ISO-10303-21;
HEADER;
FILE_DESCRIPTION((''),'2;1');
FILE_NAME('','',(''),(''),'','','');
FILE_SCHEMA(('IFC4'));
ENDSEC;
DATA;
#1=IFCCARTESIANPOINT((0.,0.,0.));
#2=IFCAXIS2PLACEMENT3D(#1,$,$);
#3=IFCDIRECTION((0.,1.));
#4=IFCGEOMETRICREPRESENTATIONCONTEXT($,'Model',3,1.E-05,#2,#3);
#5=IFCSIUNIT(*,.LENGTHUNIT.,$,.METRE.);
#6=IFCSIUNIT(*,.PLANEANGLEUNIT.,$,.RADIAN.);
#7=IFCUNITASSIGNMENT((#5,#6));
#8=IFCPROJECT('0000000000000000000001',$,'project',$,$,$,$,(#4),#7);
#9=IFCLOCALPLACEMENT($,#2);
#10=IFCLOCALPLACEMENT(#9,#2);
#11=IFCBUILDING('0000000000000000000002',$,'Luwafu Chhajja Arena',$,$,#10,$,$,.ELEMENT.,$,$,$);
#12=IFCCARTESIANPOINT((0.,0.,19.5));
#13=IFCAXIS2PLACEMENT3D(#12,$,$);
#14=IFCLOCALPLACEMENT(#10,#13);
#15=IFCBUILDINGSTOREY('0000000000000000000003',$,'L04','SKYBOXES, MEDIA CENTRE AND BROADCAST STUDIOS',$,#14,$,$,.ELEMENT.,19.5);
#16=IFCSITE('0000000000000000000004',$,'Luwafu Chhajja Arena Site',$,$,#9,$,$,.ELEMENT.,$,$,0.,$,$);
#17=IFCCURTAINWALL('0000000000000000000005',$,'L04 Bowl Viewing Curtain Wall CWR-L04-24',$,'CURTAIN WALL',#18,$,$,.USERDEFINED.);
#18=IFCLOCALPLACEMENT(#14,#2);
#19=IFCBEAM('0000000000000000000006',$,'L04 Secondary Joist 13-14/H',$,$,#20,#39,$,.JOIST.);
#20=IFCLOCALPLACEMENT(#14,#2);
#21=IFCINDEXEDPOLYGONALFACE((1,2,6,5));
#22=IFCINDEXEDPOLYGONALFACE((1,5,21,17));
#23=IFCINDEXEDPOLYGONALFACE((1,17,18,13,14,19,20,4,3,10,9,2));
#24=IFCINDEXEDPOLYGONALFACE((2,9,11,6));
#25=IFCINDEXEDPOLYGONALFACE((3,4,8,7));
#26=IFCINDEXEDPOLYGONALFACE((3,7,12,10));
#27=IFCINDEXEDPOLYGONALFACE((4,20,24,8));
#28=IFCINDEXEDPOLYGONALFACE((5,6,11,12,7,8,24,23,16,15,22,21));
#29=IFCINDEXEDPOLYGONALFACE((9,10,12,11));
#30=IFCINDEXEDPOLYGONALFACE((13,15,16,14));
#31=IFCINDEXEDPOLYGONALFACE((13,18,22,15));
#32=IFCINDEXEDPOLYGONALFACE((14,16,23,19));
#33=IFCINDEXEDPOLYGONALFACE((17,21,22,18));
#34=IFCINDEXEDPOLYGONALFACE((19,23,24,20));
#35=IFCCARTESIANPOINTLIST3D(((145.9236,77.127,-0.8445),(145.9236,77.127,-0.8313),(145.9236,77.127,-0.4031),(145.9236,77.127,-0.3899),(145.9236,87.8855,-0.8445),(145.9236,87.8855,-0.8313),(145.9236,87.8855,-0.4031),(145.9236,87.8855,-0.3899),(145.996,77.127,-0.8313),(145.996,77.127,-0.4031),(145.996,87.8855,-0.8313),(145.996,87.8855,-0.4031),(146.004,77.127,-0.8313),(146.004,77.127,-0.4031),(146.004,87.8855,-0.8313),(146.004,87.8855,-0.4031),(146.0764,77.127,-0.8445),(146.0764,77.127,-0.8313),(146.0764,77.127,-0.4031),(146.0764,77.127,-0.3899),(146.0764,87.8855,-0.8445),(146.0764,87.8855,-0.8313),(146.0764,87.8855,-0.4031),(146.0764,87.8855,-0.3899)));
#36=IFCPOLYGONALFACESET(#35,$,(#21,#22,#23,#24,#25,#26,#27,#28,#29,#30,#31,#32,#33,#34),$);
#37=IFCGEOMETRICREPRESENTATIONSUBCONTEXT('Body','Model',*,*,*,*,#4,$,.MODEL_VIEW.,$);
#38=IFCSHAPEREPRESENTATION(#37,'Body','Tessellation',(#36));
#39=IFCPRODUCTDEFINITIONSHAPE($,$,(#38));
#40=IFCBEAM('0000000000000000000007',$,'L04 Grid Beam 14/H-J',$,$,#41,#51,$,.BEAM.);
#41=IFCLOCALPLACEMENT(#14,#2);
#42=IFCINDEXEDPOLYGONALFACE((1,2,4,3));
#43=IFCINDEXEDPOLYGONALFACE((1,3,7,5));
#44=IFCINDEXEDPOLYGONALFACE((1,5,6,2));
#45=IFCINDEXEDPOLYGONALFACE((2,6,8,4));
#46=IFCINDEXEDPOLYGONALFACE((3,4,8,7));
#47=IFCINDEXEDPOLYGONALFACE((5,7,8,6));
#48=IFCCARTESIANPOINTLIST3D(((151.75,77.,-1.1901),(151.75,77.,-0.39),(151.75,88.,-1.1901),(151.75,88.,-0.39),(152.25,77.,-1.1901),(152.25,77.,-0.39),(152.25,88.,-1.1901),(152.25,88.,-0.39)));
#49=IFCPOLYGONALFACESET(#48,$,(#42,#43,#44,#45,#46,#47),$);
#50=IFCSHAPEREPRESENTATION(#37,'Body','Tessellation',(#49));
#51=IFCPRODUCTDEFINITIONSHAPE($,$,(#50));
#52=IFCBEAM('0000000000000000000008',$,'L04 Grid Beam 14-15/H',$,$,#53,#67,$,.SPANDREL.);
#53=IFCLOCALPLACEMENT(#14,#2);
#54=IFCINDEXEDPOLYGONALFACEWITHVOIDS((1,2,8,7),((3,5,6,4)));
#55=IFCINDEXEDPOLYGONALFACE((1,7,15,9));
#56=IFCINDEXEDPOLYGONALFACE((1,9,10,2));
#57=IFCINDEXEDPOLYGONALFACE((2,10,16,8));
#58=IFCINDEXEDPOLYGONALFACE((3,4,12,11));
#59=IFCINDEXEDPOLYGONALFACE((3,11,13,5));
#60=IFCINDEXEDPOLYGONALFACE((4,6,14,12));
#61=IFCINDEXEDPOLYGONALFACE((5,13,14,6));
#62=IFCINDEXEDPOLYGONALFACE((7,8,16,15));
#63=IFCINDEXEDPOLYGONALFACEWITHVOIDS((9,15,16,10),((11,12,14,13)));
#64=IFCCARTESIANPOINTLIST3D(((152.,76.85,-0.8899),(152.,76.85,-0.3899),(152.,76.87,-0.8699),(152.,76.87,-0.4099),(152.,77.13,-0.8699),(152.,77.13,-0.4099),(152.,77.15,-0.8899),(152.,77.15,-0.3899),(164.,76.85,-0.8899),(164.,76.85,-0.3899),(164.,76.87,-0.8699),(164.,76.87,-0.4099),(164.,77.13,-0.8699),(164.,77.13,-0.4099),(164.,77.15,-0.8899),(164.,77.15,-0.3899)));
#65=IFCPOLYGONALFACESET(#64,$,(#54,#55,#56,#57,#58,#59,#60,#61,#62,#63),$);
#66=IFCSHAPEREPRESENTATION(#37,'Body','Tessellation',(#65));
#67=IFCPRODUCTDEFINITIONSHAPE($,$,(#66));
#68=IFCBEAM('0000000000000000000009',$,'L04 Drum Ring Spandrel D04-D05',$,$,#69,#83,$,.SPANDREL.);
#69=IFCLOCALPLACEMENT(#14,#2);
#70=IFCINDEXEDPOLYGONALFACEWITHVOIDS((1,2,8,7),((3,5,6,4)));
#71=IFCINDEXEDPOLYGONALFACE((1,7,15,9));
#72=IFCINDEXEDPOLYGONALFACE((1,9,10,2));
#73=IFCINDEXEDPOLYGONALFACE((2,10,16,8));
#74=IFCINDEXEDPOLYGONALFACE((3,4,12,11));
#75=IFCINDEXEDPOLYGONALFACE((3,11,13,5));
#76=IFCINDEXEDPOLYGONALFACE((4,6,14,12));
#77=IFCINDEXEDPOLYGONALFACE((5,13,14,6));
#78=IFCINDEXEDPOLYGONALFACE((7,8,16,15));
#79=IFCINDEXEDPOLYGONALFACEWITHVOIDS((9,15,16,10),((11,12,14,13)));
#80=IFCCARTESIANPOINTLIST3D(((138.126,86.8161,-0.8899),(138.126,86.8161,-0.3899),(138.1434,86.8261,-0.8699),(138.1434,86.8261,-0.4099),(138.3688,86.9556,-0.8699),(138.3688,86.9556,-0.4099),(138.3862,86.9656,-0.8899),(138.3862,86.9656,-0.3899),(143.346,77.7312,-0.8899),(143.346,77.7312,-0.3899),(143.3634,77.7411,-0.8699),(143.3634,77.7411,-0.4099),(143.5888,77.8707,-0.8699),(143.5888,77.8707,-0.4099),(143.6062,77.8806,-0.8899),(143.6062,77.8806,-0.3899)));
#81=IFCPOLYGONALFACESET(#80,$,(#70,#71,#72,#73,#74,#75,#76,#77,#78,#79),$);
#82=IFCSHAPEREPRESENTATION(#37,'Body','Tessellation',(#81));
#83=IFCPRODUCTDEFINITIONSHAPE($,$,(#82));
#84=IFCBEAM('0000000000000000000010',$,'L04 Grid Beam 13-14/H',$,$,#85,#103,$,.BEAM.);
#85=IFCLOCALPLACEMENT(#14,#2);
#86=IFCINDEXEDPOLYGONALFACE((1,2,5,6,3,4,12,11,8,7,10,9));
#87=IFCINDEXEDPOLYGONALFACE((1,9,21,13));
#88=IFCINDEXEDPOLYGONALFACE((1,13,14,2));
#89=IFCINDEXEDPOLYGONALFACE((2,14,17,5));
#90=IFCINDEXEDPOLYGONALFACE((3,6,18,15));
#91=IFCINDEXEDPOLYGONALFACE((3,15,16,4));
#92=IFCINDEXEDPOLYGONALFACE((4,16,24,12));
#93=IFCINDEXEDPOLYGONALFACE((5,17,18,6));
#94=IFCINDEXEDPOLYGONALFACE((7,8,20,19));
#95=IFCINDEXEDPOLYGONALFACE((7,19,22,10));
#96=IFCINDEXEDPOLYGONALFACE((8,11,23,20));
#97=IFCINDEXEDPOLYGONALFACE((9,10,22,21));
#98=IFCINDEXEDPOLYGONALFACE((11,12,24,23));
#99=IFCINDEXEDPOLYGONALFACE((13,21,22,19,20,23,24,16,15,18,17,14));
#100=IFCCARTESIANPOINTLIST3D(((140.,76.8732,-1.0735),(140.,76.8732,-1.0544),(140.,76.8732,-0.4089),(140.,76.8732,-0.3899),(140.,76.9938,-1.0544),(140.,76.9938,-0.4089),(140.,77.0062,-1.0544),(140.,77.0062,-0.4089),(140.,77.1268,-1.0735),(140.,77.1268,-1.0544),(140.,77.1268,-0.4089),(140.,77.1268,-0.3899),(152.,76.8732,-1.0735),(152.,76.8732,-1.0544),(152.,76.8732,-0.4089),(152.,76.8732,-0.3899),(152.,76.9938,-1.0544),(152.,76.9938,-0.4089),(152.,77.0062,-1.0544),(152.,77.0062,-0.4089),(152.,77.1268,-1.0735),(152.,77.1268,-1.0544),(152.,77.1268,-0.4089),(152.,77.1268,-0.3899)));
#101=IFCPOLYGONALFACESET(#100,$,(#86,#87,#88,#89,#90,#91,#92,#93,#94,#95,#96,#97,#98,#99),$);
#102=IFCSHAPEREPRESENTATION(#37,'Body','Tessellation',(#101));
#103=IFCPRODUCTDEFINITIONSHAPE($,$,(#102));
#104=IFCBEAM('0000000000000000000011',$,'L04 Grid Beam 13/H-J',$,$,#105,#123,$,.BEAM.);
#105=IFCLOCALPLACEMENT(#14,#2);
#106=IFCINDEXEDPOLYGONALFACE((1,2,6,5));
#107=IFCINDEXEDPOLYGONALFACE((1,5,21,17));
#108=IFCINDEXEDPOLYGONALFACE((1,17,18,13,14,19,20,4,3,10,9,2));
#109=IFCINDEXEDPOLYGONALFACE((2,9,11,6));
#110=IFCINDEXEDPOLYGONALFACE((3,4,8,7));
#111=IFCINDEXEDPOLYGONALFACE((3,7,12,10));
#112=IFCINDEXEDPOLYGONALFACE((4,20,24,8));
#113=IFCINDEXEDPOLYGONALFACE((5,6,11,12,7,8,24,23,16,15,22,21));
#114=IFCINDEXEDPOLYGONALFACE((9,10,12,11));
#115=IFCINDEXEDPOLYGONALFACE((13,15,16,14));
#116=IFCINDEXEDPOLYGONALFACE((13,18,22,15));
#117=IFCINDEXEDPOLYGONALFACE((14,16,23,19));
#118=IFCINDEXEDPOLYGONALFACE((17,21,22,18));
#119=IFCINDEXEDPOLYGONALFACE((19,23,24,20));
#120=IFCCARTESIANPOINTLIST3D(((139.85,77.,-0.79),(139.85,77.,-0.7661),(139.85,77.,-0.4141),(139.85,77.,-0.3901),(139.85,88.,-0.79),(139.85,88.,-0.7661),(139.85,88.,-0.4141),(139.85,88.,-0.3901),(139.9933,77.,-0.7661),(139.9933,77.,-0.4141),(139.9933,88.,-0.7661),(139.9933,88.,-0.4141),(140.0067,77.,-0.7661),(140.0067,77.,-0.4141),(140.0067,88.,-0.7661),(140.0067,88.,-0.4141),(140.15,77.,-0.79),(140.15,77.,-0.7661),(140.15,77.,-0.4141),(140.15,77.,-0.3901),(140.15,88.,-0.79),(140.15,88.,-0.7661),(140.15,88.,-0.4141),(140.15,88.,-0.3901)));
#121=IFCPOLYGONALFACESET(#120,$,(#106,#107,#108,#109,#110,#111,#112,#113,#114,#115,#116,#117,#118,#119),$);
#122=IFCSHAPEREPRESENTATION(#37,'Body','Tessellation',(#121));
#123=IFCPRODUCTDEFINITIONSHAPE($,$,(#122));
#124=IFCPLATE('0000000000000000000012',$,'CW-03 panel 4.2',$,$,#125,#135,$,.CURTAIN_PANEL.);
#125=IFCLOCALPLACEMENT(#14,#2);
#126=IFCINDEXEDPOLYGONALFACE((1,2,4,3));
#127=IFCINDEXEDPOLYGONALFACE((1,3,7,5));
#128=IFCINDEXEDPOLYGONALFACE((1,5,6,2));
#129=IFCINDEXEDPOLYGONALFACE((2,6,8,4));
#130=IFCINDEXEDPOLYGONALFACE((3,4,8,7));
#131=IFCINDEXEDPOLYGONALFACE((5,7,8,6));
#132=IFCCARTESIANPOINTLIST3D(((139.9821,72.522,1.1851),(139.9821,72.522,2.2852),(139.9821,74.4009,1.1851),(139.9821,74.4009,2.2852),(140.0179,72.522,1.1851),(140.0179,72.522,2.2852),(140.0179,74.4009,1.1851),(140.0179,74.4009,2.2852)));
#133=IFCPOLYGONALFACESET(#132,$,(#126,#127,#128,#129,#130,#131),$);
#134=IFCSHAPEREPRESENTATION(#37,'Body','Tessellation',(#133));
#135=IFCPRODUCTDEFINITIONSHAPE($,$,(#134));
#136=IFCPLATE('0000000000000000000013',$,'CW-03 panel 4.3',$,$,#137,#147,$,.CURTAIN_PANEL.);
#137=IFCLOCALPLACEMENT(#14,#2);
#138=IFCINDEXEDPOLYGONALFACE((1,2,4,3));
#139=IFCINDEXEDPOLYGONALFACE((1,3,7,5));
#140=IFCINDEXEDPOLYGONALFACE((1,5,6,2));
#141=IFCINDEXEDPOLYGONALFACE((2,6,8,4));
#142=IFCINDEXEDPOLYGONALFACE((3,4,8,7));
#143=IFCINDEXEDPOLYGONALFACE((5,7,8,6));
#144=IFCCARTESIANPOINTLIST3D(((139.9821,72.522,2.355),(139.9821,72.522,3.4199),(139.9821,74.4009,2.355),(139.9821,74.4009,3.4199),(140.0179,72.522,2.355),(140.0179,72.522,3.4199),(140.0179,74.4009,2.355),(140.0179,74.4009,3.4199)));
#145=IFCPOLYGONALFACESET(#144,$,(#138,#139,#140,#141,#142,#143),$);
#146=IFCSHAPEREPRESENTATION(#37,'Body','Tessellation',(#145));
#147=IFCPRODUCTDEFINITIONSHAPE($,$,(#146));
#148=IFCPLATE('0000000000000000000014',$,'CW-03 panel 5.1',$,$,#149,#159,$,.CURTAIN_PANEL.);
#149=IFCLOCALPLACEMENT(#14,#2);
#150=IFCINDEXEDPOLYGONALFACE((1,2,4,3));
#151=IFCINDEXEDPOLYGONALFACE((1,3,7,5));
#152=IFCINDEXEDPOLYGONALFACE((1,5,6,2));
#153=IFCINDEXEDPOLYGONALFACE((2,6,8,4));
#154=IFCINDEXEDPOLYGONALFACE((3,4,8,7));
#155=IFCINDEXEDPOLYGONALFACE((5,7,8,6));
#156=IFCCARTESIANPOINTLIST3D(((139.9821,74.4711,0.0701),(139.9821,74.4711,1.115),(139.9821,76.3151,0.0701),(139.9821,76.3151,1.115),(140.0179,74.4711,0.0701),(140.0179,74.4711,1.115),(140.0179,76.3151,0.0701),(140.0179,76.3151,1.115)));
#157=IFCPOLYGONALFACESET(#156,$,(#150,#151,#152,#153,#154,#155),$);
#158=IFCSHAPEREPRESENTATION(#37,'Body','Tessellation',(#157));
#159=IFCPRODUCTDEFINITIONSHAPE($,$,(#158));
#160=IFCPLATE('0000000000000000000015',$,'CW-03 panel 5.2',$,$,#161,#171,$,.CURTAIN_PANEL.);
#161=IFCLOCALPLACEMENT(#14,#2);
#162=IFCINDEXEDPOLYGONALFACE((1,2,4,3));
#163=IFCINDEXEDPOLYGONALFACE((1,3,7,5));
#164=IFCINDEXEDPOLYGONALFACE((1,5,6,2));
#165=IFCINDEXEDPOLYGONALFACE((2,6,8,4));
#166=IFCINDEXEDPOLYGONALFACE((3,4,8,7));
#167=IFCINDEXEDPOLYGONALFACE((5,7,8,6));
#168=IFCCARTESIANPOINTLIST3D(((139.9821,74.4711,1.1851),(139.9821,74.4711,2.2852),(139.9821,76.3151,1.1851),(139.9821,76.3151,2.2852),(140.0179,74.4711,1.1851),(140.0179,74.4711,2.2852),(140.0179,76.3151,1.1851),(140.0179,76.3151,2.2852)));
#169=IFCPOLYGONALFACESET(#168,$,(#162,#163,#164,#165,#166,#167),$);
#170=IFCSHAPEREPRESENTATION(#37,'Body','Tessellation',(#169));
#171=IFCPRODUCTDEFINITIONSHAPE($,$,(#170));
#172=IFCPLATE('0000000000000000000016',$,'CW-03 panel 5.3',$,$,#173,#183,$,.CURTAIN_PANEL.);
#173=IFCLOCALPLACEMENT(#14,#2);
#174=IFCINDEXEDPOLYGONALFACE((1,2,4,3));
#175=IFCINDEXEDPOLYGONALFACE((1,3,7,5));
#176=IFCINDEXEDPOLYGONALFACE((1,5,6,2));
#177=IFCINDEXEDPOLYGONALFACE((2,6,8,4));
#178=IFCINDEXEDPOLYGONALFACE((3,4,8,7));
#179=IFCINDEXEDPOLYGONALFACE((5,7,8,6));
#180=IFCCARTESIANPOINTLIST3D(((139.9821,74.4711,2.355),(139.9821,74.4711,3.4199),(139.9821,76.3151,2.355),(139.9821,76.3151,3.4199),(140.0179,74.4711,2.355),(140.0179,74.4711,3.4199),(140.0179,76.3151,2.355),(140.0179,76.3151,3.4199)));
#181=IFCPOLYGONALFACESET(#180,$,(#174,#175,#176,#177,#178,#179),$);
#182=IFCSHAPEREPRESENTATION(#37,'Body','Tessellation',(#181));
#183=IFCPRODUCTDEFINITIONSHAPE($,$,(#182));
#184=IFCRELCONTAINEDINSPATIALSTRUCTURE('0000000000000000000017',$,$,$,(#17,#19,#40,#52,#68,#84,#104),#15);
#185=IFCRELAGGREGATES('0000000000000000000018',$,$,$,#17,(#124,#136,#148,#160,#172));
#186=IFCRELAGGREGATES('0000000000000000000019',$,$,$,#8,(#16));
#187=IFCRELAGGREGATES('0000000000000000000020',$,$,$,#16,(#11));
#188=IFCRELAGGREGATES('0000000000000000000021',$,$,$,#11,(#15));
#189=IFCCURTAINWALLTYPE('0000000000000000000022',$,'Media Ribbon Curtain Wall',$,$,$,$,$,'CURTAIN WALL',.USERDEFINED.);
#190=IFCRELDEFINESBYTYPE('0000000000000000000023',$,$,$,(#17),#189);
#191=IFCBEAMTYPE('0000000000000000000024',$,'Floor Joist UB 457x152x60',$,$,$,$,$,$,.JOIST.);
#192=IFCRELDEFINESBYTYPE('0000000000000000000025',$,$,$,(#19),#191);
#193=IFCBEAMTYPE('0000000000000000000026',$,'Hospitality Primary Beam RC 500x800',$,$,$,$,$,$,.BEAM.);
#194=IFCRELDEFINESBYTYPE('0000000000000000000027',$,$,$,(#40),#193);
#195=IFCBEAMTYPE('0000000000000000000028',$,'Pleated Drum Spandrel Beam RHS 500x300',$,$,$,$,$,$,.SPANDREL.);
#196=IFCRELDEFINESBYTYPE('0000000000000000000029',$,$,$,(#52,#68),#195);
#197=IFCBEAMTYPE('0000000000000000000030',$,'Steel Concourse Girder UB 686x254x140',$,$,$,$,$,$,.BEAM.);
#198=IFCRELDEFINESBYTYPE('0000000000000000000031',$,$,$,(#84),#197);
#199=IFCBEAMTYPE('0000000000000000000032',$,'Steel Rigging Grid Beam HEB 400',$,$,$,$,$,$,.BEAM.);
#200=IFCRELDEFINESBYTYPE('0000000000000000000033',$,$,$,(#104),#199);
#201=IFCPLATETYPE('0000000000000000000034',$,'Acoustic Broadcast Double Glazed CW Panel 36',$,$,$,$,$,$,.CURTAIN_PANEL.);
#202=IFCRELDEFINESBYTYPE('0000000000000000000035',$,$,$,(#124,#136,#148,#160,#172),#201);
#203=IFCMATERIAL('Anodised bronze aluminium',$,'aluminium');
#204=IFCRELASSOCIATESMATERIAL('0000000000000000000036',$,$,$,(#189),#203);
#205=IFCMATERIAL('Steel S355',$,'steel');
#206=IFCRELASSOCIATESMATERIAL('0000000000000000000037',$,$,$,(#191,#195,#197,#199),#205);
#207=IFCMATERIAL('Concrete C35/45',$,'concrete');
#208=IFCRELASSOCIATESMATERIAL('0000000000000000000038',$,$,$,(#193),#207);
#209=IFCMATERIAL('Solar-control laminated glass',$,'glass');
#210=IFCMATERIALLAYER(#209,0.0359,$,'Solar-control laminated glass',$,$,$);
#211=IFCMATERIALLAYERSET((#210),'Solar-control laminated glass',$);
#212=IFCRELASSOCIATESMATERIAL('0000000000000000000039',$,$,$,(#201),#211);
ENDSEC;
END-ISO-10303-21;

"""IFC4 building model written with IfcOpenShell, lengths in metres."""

from ifc_helpers import new_model, si_unit, direction, frame, origin, origin_2d, place, context, subcontext, project, spatial, rectangle, hollow_rectangle, i_section, extrude, material, layer, layer_set, material_profile, profile_set, type_object, element, aggregate, save


model = new_model("IFC4")

# Units and contexts
model_context = context("Model", 3, precision=1e-05, world=origin(), true_north=direction((0.0, 1.0)))
body_context = subcontext(model_context, "Body", "Model", "MODEL_VIEW")
ifc_project = project(units=[si_unit("LENGTHUNIT", "METRE"), si_unit("PLANEANGLEUNIT", "RADIAN")], contexts=[model_context])

# Site, building, storey
site_placement = place(None, origin())
site = spatial("IfcSite", under=ifc_project, at=site_placement, Name="Luwafu Chhajja Arena Site", CompositionType="ELEMENT", RefElevation=0.0)
building_placement = place(site_placement, origin())
building = spatial("IfcBuilding", under=site, at=building_placement, Name="Luwafu Chhajja Arena", CompositionType="ELEMENT")
storey_placement = place(building_placement, frame((0.0, 0.0, 19.5)))
storey = spatial("IfcBuildingStorey", under=building, at=storey_placement, Name="L04", Description="SKYBOXES, MEDIA CENTRE AND BROADCAST STUDIOS", CompositionType="ELEMENT", Elevation=19.5)

# Shared definitions
ifc_material_1 = material(Name="Steel S355", Category="steel")
ifc_material_2 = material(Name="Concrete C35/45", Category="concrete")

# Curtain wall
ifc_material_3 = material(Name="Anodised bronze aluminium", Category="aluminium")
curtain_wall_type = type_object("IfcCurtainWallType", Name="Media Ribbon Curtain Wall", ElementType="CURTAIN WALL", PredefinedType="USERDEFINED", material=ifc_material_3)
curtain_wall_placement = place(storey_placement, origin())
curtain_wall = element("IfcCurtainWall", 1, at=curtain_wall_placement, inside=storey, type_object=curtain_wall_type, Name="L04 Bowl Viewing Curtain Wall CWR-L04-24", ObjectType="CURTAIN WALL", PredefinedType="USERDEFINED")

# Beams
ifc_material_profile_1 = material_profile(ifc_material_1, i_section(OverallWidth=0.1528, OverallDepth=0.4546, WebThickness=0.0081, FlangeThickness=0.0132, at=origin_2d()), Name="UB 457x152x60")
ifc_profile_set_1 = profile_set([ifc_material_profile_1], Name="Steel S355")
beam_type_1 = type_object("IfcBeamType", Name="Floor Joist UB 457x152x60", PredefinedType="JOIST", material=ifc_profile_set_1)
beam_1_placement = place(storey_placement, frame((146.0, 77.127, -0.6172), z_axis=(0.0, 1.0, 0.0), x_axis=(-1.0, 0.0, 0.0)))
element("IfcBeam", 2, at=beam_1_placement, inside=storey, type_object=beam_type_1, Name="L04 Secondary Joist 13-14/H", PredefinedType="JOIST", context=body_context, shape_type="SweptSolid", body=[
    extrude(i_section(OverallWidth=0.1528, OverallDepth=0.4546, WebThickness=0.0081, FlangeThickness=0.0132, at=origin_2d()), origin(), (0.0, 0.0, 1.0), 10.7585),
])
ifc_material_profile_2 = material_profile(ifc_material_2, rectangle(XDim=0.5, YDim=0.8, at=origin_2d()), Name="RC 500x800")
ifc_profile_set_2 = profile_set([ifc_material_profile_2], Name="Concrete C35/45")
beam_type_2 = type_object("IfcBeamType", Name="Hospitality Primary Beam RC 500x800", PredefinedType="BEAM", material=ifc_profile_set_2)
beam_2_placement = place(storey_placement, frame((152.0, 77.0, -0.79), z_axis=(0.0, 1.0, 0.0), x_axis=(-1.0, 0.0, 0.0)))
element("IfcBeam", 3, at=beam_2_placement, inside=storey, type_object=beam_type_2, Name="L04 Grid Beam 14/H-J", PredefinedType="BEAM", context=body_context, shape_type="SweptSolid", body=[
    extrude(rectangle(XDim=0.5, YDim=0.8, at=origin_2d()), origin(), (0.0, 0.0, 1.0), 11.0),
])
ifc_material_profile_3 = material_profile(ifc_material_1, hollow_rectangle(XDim=0.3, YDim=0.5, WallThickness=0.02, at=origin_2d()), Name="RHS 500x300x20")
ifc_profile_set_3 = profile_set([ifc_material_profile_3], Name="Steel S355")
beam_type_3 = type_object("IfcBeamType", Name="Pleated Drum Spandrel Beam RHS 500x300", PredefinedType="SPANDREL", material=ifc_profile_set_3)
beam_3_placement = place(storey_placement, frame((152.0, 77.0, -0.6399), z_axis=(1.0, 0.0, 0.0), x_axis=(0.0, 1.0, 0.0)))
element("IfcBeam", 4, at=beam_3_placement, inside=storey, type_object=beam_type_3, Name="L04 Grid Beam 14-15/H", PredefinedType="SPANDREL", context=body_context, shape_type="SweptSolid", body=[
    extrude(hollow_rectangle(XDim=0.3, YDim=0.5, WallThickness=0.02, at=origin_2d()), origin(), (0.0, 0.0, 1.0), 12.0),
])
beam_4_placement = place(storey_placement, frame((143.4761, 77.8059, -0.6399), z_axis=(-0.498193, 0.867066, 0.0), x_axis=(-0.867066, -0.498193, 0.0)))
element("IfcBeam", 5, at=beam_4_placement, inside=storey, type_object=beam_type_3, Name="L04 Drum Ring Spandrel D04-D05", PredefinedType="SPANDREL", context=body_context, shape_type="SweptSolid", body=[
    extrude(hollow_rectangle(XDim=0.3, YDim=0.5, WallThickness=0.02, at=origin_2d()), origin(), (0.0, 0.0, 1.0), 10.4778),
])
ifc_material_profile_4 = material_profile(ifc_material_1, i_section(OverallWidth=0.2537, OverallDepth=0.6836, WebThickness=0.0125, FlangeThickness=0.019, at=origin_2d()), Name="UB 686x254x140")
ifc_profile_set_4 = profile_set([ifc_material_profile_4], Name="Steel S355")
beam_type_4 = type_object("IfcBeamType", Name="Steel Concourse Girder UB 686x254x140", PredefinedType="BEAM", material=ifc_profile_set_4)
beam_5_placement = place(storey_placement, frame((140.0, 77.0, -0.7317), z_axis=(1.0, 0.0, 0.0), x_axis=(0.0, 1.0, 0.0)))
element("IfcBeam", 6, at=beam_5_placement, inside=storey, type_object=beam_type_4, Name="L04 Grid Beam 13-14/H", PredefinedType="BEAM", context=body_context, shape_type="SweptSolid", body=[
    extrude(i_section(OverallWidth=0.2537, OverallDepth=0.6836, WebThickness=0.0125, FlangeThickness=0.019, at=origin_2d()), origin(), (0.0, 0.0, 1.0), 12.0),
])
ifc_material_profile_5 = material_profile(ifc_material_1, i_section(OverallWidth=0.3, OverallDepth=0.3999, WebThickness=0.0134, FlangeThickness=0.0239, at=origin_2d()), Name="HEB 400")
ifc_profile_set_5 = profile_set([ifc_material_profile_5], Name="Steel S355")
beam_type_5 = type_object("IfcBeamType", Name="Steel Rigging Grid Beam HEB 400", PredefinedType="BEAM", material=ifc_profile_set_5)
beam_6_placement = place(storey_placement, frame((140.0, 77.0, -0.5901), z_axis=(0.0, 1.0, 0.0), x_axis=(-1.0, 0.0, 0.0)))
element("IfcBeam", 7, at=beam_6_placement, inside=storey, type_object=beam_type_5, Name="L04 Grid Beam 13/H-J", PredefinedType="BEAM", context=body_context, shape_type="SweptSolid", body=[
    extrude(i_section(OverallWidth=0.3, OverallDepth=0.3999, WebThickness=0.0134, FlangeThickness=0.0239, at=origin_2d()), origin(), (0.0, 0.0, 1.0), 11.0),
])

# Plates
ifc_material_4 = material(Name="Solar-control laminated glass", Category="glass")
ifc_layer_1 = layer(ifc_material_4, 0.0359, Name="Solar-control laminated glass")
ifc_layer_set_1 = layer_set([ifc_layer_1], Name="Solar-control laminated glass")
plate_type = type_object("IfcPlateType", Name="Acoustic Broadcast Double Glazed CW Panel 36", PredefinedType="CURTAIN_PANEL", material=ifc_layer_set_1)
plate_1_placement = place(storey_placement, frame((140.0, 73.4614, 1.1851), z_axis=(0.0, 0.0, 1.0), x_axis=(0.0, 1.0, 0.0)))
plate_1 = element("IfcPlate", 8, at=plate_1_placement, type_object=plate_type, Name="CW-03 panel 4.2", PredefinedType="CURTAIN_PANEL", context=body_context, shape_type="SweptSolid", body=[
    extrude(rectangle(XDim=1.8789, YDim=0.0359, at=origin_2d()), origin(), (0.0, 0.0, 1.0), 1.1001),
])
plate_2_placement = place(storey_placement, frame((140.0, 73.4614, 2.355), z_axis=(0.0, 0.0, 1.0), x_axis=(0.0, 1.0, 0.0)))
plate_2 = element("IfcPlate", 9, at=plate_2_placement, type_object=plate_type, Name="CW-03 panel 4.3", PredefinedType="CURTAIN_PANEL", context=body_context, shape_type="SweptSolid", body=[
    extrude(rectangle(XDim=1.8789, YDim=0.0359, at=origin_2d()), origin(), (0.0, 0.0, 1.0), 1.0649),
])
plate_3_placement = place(storey_placement, frame((140.0, 75.3931, 0.0701), z_axis=(0.0, 0.0, 1.0), x_axis=(0.0, 1.0, 0.0)))
plate_3 = element("IfcPlate", 10, at=plate_3_placement, type_object=plate_type, Name="CW-03 panel 5.1", PredefinedType="CURTAIN_PANEL", context=body_context, shape_type="SweptSolid", body=[
    extrude(rectangle(XDim=1.844, YDim=0.0359, at=origin_2d()), origin(), (0.0, 0.0, 1.0), 1.0449),
])
plate_4_placement = place(storey_placement, frame((140.0, 75.3931, 1.1851), z_axis=(0.0, 0.0, 1.0), x_axis=(0.0, 1.0, 0.0)))
plate_4 = element("IfcPlate", 11, at=plate_4_placement, type_object=plate_type, Name="CW-03 panel 5.2", PredefinedType="CURTAIN_PANEL", context=body_context, shape_type="SweptSolid", body=[
    extrude(rectangle(XDim=1.844, YDim=0.0359, at=origin_2d()), origin(), (0.0, 0.0, 1.0), 1.1001),
])
plate_5_placement = place(storey_placement, frame((140.0, 75.3931, 2.355), z_axis=(0.0, 0.0, 1.0), x_axis=(0.0, 1.0, 0.0)))
plate_5 = element("IfcPlate", 12, at=plate_5_placement, type_object=plate_type, Name="CW-03 panel 5.3", PredefinedType="CURTAIN_PANEL", context=body_context, shape_type="SweptSolid", body=[
    extrude(rectangle(XDim=1.844, YDim=0.0359, at=origin_2d()), origin(), (0.0, 0.0, 1.0), 1.0649),
])
aggregate(curtain_wall, [plate_1, plate_2, plate_3, plate_4, plate_5])

save(model, "model.ifc")
